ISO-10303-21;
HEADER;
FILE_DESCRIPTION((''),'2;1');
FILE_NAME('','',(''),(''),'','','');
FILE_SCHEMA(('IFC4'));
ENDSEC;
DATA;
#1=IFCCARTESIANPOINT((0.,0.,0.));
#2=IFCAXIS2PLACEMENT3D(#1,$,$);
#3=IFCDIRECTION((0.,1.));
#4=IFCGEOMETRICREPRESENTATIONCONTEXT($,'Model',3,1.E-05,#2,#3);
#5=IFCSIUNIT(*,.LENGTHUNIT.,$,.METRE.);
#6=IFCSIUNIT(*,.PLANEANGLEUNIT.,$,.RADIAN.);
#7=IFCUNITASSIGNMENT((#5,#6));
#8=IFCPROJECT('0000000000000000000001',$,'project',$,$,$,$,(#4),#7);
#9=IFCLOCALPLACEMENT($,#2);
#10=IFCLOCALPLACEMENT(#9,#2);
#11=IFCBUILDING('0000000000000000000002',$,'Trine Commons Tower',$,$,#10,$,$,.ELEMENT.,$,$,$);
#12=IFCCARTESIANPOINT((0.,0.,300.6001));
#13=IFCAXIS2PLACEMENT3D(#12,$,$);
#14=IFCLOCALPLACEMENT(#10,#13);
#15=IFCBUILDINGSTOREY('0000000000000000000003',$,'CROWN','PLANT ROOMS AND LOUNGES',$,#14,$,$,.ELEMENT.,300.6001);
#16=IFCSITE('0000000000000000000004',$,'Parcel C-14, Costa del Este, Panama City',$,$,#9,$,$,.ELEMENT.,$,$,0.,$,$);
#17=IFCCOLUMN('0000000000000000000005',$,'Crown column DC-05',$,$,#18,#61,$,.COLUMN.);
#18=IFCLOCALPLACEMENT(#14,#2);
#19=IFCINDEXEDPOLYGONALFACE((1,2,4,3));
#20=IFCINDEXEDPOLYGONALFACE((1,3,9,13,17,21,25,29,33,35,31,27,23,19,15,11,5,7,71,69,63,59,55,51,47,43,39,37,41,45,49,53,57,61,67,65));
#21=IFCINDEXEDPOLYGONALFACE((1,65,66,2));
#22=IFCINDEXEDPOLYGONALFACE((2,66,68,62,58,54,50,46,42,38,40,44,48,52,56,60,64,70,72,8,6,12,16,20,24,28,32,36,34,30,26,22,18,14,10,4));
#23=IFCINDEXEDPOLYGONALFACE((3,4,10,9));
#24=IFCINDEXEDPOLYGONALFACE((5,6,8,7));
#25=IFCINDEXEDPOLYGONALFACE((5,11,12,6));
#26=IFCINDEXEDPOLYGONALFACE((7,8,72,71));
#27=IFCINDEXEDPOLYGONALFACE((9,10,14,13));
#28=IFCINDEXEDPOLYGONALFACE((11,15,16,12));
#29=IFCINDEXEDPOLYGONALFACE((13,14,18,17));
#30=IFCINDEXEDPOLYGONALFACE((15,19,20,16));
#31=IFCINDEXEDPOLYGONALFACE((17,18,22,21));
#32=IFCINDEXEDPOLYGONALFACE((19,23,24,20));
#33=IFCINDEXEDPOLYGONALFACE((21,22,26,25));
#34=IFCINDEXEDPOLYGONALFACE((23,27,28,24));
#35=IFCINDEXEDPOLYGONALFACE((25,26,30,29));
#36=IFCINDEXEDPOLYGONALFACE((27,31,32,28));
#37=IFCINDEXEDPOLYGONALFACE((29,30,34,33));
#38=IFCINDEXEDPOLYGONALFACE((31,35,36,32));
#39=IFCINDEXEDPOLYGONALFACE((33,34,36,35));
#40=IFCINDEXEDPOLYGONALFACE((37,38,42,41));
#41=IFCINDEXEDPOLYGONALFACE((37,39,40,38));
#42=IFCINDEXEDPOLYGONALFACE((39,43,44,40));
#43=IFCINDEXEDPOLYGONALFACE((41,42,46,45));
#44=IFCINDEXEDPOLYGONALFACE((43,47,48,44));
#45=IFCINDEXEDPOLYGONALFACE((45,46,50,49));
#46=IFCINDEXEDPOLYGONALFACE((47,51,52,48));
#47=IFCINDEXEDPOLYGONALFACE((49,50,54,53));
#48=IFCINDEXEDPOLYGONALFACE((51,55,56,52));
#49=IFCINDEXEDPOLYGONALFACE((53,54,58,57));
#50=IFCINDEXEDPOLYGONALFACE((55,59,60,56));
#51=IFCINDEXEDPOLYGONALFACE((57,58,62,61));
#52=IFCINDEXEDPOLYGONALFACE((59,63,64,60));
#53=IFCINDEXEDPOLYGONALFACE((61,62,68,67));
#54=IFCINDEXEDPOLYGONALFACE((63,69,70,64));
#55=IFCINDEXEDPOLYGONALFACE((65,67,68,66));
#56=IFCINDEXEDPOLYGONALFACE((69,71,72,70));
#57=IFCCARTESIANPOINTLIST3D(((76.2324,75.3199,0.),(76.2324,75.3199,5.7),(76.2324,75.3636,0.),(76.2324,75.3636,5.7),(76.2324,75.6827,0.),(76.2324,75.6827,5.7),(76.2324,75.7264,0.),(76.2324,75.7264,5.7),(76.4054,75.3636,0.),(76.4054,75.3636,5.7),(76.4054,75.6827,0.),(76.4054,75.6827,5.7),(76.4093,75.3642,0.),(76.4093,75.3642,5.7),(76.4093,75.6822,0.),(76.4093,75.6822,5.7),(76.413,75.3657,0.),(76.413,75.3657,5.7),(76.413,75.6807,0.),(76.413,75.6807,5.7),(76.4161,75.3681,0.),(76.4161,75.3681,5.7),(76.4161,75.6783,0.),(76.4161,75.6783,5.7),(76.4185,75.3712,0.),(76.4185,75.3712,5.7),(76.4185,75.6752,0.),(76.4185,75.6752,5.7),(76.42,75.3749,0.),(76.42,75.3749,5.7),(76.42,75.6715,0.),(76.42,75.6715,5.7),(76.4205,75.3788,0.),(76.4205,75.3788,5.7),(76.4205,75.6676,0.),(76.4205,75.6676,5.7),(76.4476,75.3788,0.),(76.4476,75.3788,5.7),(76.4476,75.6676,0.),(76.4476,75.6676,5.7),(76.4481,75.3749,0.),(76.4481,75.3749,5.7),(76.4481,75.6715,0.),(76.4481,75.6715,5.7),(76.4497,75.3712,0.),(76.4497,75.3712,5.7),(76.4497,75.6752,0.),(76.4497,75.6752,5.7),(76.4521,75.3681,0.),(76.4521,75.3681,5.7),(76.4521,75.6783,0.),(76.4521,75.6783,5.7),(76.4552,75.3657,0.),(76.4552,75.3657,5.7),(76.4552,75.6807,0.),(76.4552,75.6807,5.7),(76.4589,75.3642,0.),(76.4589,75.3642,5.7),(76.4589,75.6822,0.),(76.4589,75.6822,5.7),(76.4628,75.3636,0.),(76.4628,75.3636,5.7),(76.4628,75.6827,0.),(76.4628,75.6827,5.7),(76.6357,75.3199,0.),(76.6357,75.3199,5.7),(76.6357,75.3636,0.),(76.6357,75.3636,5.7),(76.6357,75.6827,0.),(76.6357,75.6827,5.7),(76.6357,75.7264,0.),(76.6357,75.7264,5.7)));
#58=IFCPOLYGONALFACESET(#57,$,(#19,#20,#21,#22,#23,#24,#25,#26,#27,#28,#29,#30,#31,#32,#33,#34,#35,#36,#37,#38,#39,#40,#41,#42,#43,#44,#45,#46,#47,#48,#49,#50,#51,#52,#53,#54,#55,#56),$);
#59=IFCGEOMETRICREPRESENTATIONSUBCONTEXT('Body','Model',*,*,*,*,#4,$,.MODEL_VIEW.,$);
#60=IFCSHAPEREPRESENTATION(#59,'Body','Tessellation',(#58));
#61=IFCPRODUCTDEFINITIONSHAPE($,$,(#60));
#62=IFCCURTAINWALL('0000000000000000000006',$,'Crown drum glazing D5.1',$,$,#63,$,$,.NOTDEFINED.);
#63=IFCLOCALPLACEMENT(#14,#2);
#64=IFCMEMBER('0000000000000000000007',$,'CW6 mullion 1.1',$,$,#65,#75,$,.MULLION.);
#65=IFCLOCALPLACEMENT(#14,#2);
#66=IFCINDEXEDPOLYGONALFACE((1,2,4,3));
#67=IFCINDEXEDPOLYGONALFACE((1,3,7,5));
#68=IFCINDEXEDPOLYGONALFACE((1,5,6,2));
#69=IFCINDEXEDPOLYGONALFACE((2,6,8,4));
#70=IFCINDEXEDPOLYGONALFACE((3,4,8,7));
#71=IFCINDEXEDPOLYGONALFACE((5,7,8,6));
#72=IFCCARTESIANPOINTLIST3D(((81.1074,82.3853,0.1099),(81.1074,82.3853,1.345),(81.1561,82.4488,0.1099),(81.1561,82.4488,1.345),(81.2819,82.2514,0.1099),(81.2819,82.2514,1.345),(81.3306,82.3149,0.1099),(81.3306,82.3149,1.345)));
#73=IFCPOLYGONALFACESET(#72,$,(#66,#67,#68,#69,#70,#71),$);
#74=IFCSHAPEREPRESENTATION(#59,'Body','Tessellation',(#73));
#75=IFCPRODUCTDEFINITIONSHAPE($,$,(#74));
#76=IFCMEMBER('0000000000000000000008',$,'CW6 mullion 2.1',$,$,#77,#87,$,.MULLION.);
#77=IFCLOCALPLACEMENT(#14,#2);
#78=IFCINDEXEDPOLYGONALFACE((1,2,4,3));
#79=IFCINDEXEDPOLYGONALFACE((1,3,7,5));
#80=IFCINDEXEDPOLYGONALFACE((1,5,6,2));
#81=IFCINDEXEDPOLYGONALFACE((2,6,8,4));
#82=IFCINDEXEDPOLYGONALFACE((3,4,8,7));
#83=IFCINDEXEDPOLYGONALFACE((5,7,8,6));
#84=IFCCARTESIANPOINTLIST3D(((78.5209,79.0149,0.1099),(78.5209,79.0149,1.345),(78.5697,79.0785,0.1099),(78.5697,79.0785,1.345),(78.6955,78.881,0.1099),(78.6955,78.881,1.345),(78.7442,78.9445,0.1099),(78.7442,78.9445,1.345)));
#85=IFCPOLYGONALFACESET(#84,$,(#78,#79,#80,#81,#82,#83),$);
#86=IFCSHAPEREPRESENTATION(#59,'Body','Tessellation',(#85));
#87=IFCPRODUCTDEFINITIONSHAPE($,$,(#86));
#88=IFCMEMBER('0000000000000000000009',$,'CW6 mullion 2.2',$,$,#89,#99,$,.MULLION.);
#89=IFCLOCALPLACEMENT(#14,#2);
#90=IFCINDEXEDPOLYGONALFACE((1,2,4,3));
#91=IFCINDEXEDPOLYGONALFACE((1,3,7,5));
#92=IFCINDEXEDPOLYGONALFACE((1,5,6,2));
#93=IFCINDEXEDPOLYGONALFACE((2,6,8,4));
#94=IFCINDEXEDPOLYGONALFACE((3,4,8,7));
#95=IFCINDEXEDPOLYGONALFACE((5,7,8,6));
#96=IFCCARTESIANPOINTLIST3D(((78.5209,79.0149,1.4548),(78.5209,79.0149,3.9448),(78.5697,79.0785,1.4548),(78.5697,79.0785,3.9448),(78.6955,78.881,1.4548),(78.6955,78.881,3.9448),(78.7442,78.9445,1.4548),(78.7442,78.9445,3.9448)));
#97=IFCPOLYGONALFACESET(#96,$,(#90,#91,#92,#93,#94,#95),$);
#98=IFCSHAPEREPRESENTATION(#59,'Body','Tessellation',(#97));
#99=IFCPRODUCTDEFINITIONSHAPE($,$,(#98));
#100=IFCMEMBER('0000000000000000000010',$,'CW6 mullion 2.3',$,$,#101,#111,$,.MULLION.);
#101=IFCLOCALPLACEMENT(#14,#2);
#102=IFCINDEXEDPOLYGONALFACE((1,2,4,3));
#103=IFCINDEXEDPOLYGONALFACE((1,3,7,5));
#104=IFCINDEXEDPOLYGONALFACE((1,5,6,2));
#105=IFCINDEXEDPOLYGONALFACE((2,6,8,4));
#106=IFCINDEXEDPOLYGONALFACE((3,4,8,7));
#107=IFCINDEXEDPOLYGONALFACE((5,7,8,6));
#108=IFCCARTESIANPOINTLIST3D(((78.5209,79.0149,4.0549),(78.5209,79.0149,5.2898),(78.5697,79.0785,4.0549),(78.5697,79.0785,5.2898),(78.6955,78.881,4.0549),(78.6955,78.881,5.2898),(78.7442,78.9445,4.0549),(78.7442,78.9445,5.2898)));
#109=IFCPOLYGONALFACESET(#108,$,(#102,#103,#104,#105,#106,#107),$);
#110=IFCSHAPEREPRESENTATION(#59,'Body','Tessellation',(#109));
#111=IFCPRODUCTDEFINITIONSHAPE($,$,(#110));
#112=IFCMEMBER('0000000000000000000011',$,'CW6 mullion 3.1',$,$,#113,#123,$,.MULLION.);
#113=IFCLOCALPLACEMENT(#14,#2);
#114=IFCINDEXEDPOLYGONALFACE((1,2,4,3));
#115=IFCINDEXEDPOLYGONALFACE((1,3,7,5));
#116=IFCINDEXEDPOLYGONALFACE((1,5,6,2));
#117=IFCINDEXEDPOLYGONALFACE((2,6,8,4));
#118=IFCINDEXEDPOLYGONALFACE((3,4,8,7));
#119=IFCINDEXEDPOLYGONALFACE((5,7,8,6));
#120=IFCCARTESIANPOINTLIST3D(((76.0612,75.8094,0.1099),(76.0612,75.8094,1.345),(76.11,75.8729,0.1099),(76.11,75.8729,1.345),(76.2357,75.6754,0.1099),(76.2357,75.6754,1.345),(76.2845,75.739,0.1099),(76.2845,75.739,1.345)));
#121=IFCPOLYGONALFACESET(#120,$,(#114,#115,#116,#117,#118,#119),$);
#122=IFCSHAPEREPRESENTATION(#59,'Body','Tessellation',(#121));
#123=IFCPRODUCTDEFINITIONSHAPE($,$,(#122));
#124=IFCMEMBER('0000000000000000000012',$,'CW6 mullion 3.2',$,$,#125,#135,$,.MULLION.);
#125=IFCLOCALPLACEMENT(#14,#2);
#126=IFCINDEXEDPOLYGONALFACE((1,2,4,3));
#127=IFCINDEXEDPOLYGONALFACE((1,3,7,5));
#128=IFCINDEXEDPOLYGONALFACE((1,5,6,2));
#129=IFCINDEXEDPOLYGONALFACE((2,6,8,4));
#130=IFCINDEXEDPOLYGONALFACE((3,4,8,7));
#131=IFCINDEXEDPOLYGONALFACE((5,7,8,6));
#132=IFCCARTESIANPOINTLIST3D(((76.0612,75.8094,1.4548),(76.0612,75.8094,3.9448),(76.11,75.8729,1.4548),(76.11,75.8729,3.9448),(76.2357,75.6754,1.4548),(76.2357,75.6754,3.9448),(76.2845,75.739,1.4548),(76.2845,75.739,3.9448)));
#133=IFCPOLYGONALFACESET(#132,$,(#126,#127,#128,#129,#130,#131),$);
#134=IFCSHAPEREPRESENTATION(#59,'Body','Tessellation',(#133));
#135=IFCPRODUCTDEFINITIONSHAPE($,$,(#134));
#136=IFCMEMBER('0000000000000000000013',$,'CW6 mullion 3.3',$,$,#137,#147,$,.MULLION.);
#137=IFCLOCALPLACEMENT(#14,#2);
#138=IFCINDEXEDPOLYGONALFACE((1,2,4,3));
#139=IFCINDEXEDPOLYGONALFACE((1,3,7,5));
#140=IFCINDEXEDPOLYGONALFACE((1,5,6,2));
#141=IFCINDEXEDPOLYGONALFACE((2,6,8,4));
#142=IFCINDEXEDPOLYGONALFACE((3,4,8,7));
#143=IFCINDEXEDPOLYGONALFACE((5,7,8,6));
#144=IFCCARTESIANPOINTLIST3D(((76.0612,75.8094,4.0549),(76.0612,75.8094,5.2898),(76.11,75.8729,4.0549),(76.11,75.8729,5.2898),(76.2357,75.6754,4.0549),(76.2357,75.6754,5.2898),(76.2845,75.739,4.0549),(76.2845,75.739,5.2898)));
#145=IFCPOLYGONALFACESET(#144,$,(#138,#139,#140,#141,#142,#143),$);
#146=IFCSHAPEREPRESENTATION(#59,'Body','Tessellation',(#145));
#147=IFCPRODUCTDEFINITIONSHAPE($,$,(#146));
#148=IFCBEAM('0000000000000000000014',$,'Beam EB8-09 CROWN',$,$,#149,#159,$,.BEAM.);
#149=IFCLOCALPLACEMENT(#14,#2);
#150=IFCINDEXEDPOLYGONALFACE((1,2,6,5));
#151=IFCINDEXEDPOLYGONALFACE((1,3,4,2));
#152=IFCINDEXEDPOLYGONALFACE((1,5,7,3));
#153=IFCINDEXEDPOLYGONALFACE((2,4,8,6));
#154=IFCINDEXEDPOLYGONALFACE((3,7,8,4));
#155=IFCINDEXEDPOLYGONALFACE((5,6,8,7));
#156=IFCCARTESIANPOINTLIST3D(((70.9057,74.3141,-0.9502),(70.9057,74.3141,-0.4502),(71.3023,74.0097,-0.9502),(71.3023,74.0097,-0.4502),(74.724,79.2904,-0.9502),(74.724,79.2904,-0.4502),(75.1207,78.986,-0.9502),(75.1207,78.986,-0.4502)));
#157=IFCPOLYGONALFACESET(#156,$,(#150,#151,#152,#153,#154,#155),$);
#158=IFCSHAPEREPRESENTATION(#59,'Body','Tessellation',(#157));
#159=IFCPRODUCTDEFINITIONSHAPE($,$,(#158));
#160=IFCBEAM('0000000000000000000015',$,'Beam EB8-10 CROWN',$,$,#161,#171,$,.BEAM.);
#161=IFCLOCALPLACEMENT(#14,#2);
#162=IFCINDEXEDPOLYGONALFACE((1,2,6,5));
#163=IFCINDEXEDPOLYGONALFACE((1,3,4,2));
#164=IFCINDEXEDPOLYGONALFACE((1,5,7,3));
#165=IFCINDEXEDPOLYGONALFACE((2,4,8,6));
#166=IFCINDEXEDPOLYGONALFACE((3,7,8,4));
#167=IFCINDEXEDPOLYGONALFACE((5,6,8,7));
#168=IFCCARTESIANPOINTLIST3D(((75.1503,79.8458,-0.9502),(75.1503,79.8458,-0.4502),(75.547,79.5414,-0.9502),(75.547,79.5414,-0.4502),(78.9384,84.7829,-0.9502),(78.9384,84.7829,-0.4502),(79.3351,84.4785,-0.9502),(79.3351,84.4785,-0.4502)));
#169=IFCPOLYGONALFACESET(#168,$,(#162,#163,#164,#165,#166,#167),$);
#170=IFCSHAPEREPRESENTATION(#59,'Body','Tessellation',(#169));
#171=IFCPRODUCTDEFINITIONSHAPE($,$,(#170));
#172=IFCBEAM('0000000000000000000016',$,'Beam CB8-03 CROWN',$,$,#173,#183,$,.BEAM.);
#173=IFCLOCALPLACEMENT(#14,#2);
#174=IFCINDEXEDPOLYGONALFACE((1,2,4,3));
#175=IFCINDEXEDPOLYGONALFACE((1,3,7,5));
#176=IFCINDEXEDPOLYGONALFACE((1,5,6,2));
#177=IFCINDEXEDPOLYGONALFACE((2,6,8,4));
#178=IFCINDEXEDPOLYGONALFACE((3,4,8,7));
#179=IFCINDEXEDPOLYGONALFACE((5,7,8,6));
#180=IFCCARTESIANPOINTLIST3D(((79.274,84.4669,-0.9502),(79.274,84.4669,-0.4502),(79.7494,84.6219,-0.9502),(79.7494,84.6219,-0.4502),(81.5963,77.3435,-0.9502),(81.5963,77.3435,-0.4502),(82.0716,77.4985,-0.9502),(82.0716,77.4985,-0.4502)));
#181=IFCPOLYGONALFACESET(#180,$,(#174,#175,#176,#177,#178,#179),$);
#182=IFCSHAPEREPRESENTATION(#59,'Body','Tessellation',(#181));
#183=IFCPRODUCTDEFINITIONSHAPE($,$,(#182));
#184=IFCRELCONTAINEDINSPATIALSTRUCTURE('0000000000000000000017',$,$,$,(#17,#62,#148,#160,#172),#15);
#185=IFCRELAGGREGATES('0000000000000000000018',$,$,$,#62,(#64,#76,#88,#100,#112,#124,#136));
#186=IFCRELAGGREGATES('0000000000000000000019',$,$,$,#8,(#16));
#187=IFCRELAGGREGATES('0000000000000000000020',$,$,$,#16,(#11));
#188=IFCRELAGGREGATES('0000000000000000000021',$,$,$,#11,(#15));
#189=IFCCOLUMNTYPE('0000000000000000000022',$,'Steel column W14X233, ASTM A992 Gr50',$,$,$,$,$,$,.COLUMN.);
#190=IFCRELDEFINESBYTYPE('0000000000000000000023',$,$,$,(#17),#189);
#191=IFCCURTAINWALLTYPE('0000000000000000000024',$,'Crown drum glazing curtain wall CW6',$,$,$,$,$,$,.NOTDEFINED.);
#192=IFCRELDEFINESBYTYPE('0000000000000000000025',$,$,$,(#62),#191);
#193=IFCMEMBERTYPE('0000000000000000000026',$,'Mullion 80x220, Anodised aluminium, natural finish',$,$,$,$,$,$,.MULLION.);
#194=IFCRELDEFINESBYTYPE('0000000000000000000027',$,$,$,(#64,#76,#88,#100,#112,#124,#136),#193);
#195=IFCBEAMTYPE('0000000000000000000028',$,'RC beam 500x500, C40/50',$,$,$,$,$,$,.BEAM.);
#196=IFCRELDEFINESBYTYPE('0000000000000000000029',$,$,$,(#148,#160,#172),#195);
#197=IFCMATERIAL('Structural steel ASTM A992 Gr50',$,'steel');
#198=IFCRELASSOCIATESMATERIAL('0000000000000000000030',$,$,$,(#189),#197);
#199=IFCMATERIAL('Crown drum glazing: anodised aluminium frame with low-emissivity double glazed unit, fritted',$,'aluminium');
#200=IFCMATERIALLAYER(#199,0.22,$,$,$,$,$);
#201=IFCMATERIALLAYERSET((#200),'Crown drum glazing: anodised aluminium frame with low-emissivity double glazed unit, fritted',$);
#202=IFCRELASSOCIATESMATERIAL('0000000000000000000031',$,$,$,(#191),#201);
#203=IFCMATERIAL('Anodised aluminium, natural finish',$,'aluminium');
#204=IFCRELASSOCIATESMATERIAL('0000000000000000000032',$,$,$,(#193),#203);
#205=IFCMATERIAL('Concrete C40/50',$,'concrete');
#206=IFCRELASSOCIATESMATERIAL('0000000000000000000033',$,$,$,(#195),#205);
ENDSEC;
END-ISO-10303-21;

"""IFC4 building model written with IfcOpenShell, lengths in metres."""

from ifc_helpers import new_model, si_unit, direction, frame, origin, origin_2d, place, context, subcontext, project, spatial, rectangle, i_section, extrude, material, layer, layer_set, material_profile, profile_set, type_object, element, aggregate, save


model = new_model("IFC4")

# Units and contexts
model_context = context("Model", 3, precision=1e-05, world=origin(), true_north=direction((0.0, 1.0)))
body_context = subcontext(model_context, "Body", "Model", "MODEL_VIEW")
ifc_project = project(units=[si_unit("LENGTHUNIT", "METRE"), si_unit("PLANEANGLEUNIT", "RADIAN")], contexts=[model_context])

# Site, building, storey
site_placement = place(None, origin())
site = spatial("IfcSite", under=ifc_project, at=site_placement, Name="Parcel C-14, Costa del Este, Panama City", CompositionType="ELEMENT", RefElevation=0.0)
building_placement = place(site_placement, origin())
building = spatial("IfcBuilding", under=site, at=building_placement, Name="Trine Commons Tower", CompositionType="ELEMENT")
storey_placement = place(building_placement, frame((0.0, 0.0, 300.6001)))
storey = spatial("IfcBuildingStorey", under=building, at=storey_placement, Name="CROWN", Description="PLANT ROOMS AND LOUNGES", CompositionType="ELEMENT", Elevation=300.6001)

# Column
ifc_material_1 = material(Name="Structural steel ASTM A992 Gr50", Category="steel")
ifc_material_profile_1 = material_profile(ifc_material_1, i_section(OverallWidth=0.4033, OverallDepth=0.4065, WebThickness=0.0271, FlangeThickness=0.0437, FilletRadius=0.0151, at=origin_2d()), Name="W14X233")
ifc_profile_set_1 = profile_set([ifc_material_profile_1], Name="Structural steel ASTM A992 Gr50")
column_type = type_object("IfcColumnType", Name="Steel column W14X233, ASTM A992 Gr50", PredefinedType="COLUMN", material=ifc_profile_set_1)
column_placement = place(storey_placement, frame((76.4341, 75.5232, 0.0), z_axis=(0.0, 0.0, 1.0), x_axis=(1.0, 0.0, 0.0)))
element("IfcColumn", 1, at=column_placement, inside=storey, type_object=column_type, Name="Crown column DC-05", PredefinedType="COLUMN", context=body_context, shape_type="SweptSolid", body=[
    extrude(i_section(OverallWidth=0.4033, OverallDepth=0.4065, WebThickness=0.0271, FlangeThickness=0.0437, FilletRadius=0.0151, at=origin_2d()), origin(), (0.0, 0.0, 1.0), 5.7),
])

# Curtain wall, members
ifc_material_2 = material(Name="Crown drum glazing: anodised aluminium frame with low-emissivity double glazed unit, fritted", Category="aluminium")
ifc_layer_1 = layer(ifc_material_2, 0.22)
ifc_layer_set_1 = layer_set([ifc_layer_1], Name="Crown drum glazing: anodised aluminium frame with low-emissivity double glazed unit, fritted")
curtain_wall_type = type_object("IfcCurtainWallType", Name="Crown drum glazing curtain wall CW6", PredefinedType="NOTDEFINED", material=ifc_layer_set_1)
curtain_wall_1_placement = place(storey_placement, origin())
curtain_wall_1 = element("IfcCurtainWall", 2, at=curtain_wall_1_placement, inside=storey, type_object=curtain_wall_type, Name="Crown drum glazing D5.1", PredefinedType="NOTDEFINED")
ifc_material_3 = material(Name="Anodised aluminium, natural finish", Category="aluminium")
ifc_material_profile_2 = material_profile(ifc_material_3, rectangle(XDim=0.22, YDim=0.0801, at=origin_2d()), Name="Mullion 80x220")
ifc_profile_set_2 = profile_set([ifc_material_profile_2], Name="Anodised aluminium, natural finish")
member_type_1 = type_object("IfcMemberType", Name="Mullion 80x220, Anodised aluminium, natural finish", PredefinedType="MULLION", material=ifc_profile_set_2)
member_1_placement = place(storey_placement, frame((81.219, 82.3501, 0.1099), z_axis=(0.0, 0.0, 1.0), x_axis=(0.793353, -0.608761, 0.0)))
member_1 = element("IfcMember", 3, at=member_1_placement, type_object=member_type_1, Name="CW6 mullion 1.1", PredefinedType="MULLION", context=body_context, shape_type="SweptSolid", body=[
    extrude(rectangle(XDim=0.22, YDim=0.0801, at=origin_2d()), origin(), (0.0, 0.0, 1.0), 1.2351),
])
member_2_placement = place(storey_placement, frame((78.6326, 78.9797, 0.1099), z_axis=(0.0, 0.0, 1.0), x_axis=(0.793353, -0.608761, 0.0)))
member_2 = element("IfcMember", 4, at=member_2_placement, type_object=member_type_1, Name="CW6 mullion 2.1", PredefinedType="MULLION", context=body_context, shape_type="SweptSolid", body=[
    extrude(rectangle(XDim=0.22, YDim=0.0801, at=origin_2d()), origin(), (0.0, 0.0, 1.0), 1.2351),
])
member_3_placement = place(storey_placement, frame((78.6326, 78.9797, 1.4548), z_axis=(0.0, 0.0, 1.0), x_axis=(0.793353, -0.608761, 0.0)))
member_3 = element("IfcMember", 5, at=member_3_placement, type_object=member_type_1, Name="CW6 mullion 2.2", PredefinedType="MULLION", context=body_context, shape_type="SweptSolid", body=[
    extrude(rectangle(XDim=0.22, YDim=0.0801, at=origin_2d()), origin(), (0.0, 0.0, 1.0), 2.49),
])
member_4_placement = place(storey_placement, frame((78.6326, 78.9797, 4.0549), z_axis=(0.0, 0.0, 1.0), x_axis=(0.793353, -0.608761, 0.0)))
member_4 = element("IfcMember", 6, at=member_4_placement, type_object=member_type_1, Name="CW6 mullion 2.3", PredefinedType="MULLION", context=body_context, shape_type="SweptSolid", body=[
    extrude(rectangle(XDim=0.22, YDim=0.0801, at=origin_2d()), origin(), (0.0, 0.0, 1.0), 1.2349),
])
member_5_placement = place(storey_placement, frame((76.1729, 75.7742, 0.1099), z_axis=(0.0, 0.0, 1.0), x_axis=(0.793353, -0.608761, 0.0)))
member_5 = element("IfcMember", 7, at=member_5_placement, type_object=member_type_1, Name="CW6 mullion 3.1", PredefinedType="MULLION", context=body_context, shape_type="SweptSolid", body=[
    extrude(rectangle(XDim=0.22, YDim=0.0801, at=origin_2d()), origin(), (0.0, 0.0, 1.0), 1.2351),
])
member_6_placement = place(storey_placement, frame((76.1729, 75.7742, 1.4548), z_axis=(0.0, 0.0, 1.0), x_axis=(0.793353, -0.608761, 0.0)))
member_6 = element("IfcMember", 8, at=member_6_placement, type_object=member_type_1, Name="CW6 mullion 3.2", PredefinedType="MULLION", context=body_context, shape_type="SweptSolid", body=[
    extrude(rectangle(XDim=0.22, YDim=0.0801, at=origin_2d()), origin(), (0.0, 0.0, 1.0), 2.49),
])
member_7_placement = place(storey_placement, frame((76.1729, 75.7742, 4.0549), z_axis=(0.0, 0.0, 1.0), x_axis=(0.793353, -0.608761, 0.0)))
member_7 = element("IfcMember", 9, at=member_7_placement, type_object=member_type_1, Name="CW6 mullion 3.3", PredefinedType="MULLION", context=body_context, shape_type="SweptSolid", body=[
    extrude(rectangle(XDim=0.22, YDim=0.0801, at=origin_2d()), origin(), (0.0, 0.0, 1.0), 1.2349),
])

# Beams
ifc_material_4 = material(Name="Concrete C40/50", Category="concrete")
ifc_material_profile_3 = material_profile(ifc_material_4, rectangle(XDim=0.5, YDim=0.5, at=origin_2d()), Name="RC 500x500")
ifc_profile_set_3 = profile_set([ifc_material_profile_3], Name="Concrete C40/50")
beam_type_1 = type_object("IfcBeamType", Name="RC beam 500x500, C40/50", PredefinedType="BEAM", material=ifc_profile_set_3)
beam_1_placement = place(storey_placement, frame((71.104, 74.1619, -0.7002), z_axis=(0.608751, 0.793361, 0.0), x_axis=(-0.793361, 0.608751, 0.0)))
element("IfcBeam", 10, at=beam_1_placement, inside=storey, type_object=beam_type_1, Name="Beam EB8-09 CROWN", PredefinedType="BEAM", context=body_context, shape_type="SweptSolid", body=[
    extrude(rectangle(XDim=0.5, YDim=0.5, at=origin_2d()), origin(), (0.0, 0.0, 1.0), 6.2725),
])
beam_2_placement = place(storey_placement, frame((75.3486, 79.6936, -0.7002), z_axis=(0.60874, 0.79337, 0.0), x_axis=(-0.79337, 0.60874, 0.0)))
element("IfcBeam", 11, at=beam_2_placement, inside=storey, type_object=beam_type_1, Name="Beam EB8-10 CROWN", PredefinedType="BEAM", context=body_context, shape_type="SweptSolid", body=[
    extrude(rectangle(XDim=0.5, YDim=0.5, at=origin_2d()), origin(), (0.0, 0.0, 1.0), 6.2229),
])
beam_3_placement = place(storey_placement, frame((79.5117, 84.5444, -0.7002), z_axis=(0.309945, -0.950754, 0.0), x_axis=(0.950754, 0.309945, 0.0)))
element("IfcBeam", 12, at=beam_3_placement, inside=storey, type_object=beam_type_1, Name="Beam CB8-03 CROWN", PredefinedType="BEAM", context=body_context, shape_type="SweptSolid", body=[
    extrude(rectangle(XDim=0.5, YDim=0.5, at=origin_2d()), origin(), (0.0, 0.0, 1.0), 7.4924),
])

aggregate(curtain_wall_1, [member_1, member_2, member_3, member_4, member_5, member_6, member_7])

save(model, "model.ifc")
